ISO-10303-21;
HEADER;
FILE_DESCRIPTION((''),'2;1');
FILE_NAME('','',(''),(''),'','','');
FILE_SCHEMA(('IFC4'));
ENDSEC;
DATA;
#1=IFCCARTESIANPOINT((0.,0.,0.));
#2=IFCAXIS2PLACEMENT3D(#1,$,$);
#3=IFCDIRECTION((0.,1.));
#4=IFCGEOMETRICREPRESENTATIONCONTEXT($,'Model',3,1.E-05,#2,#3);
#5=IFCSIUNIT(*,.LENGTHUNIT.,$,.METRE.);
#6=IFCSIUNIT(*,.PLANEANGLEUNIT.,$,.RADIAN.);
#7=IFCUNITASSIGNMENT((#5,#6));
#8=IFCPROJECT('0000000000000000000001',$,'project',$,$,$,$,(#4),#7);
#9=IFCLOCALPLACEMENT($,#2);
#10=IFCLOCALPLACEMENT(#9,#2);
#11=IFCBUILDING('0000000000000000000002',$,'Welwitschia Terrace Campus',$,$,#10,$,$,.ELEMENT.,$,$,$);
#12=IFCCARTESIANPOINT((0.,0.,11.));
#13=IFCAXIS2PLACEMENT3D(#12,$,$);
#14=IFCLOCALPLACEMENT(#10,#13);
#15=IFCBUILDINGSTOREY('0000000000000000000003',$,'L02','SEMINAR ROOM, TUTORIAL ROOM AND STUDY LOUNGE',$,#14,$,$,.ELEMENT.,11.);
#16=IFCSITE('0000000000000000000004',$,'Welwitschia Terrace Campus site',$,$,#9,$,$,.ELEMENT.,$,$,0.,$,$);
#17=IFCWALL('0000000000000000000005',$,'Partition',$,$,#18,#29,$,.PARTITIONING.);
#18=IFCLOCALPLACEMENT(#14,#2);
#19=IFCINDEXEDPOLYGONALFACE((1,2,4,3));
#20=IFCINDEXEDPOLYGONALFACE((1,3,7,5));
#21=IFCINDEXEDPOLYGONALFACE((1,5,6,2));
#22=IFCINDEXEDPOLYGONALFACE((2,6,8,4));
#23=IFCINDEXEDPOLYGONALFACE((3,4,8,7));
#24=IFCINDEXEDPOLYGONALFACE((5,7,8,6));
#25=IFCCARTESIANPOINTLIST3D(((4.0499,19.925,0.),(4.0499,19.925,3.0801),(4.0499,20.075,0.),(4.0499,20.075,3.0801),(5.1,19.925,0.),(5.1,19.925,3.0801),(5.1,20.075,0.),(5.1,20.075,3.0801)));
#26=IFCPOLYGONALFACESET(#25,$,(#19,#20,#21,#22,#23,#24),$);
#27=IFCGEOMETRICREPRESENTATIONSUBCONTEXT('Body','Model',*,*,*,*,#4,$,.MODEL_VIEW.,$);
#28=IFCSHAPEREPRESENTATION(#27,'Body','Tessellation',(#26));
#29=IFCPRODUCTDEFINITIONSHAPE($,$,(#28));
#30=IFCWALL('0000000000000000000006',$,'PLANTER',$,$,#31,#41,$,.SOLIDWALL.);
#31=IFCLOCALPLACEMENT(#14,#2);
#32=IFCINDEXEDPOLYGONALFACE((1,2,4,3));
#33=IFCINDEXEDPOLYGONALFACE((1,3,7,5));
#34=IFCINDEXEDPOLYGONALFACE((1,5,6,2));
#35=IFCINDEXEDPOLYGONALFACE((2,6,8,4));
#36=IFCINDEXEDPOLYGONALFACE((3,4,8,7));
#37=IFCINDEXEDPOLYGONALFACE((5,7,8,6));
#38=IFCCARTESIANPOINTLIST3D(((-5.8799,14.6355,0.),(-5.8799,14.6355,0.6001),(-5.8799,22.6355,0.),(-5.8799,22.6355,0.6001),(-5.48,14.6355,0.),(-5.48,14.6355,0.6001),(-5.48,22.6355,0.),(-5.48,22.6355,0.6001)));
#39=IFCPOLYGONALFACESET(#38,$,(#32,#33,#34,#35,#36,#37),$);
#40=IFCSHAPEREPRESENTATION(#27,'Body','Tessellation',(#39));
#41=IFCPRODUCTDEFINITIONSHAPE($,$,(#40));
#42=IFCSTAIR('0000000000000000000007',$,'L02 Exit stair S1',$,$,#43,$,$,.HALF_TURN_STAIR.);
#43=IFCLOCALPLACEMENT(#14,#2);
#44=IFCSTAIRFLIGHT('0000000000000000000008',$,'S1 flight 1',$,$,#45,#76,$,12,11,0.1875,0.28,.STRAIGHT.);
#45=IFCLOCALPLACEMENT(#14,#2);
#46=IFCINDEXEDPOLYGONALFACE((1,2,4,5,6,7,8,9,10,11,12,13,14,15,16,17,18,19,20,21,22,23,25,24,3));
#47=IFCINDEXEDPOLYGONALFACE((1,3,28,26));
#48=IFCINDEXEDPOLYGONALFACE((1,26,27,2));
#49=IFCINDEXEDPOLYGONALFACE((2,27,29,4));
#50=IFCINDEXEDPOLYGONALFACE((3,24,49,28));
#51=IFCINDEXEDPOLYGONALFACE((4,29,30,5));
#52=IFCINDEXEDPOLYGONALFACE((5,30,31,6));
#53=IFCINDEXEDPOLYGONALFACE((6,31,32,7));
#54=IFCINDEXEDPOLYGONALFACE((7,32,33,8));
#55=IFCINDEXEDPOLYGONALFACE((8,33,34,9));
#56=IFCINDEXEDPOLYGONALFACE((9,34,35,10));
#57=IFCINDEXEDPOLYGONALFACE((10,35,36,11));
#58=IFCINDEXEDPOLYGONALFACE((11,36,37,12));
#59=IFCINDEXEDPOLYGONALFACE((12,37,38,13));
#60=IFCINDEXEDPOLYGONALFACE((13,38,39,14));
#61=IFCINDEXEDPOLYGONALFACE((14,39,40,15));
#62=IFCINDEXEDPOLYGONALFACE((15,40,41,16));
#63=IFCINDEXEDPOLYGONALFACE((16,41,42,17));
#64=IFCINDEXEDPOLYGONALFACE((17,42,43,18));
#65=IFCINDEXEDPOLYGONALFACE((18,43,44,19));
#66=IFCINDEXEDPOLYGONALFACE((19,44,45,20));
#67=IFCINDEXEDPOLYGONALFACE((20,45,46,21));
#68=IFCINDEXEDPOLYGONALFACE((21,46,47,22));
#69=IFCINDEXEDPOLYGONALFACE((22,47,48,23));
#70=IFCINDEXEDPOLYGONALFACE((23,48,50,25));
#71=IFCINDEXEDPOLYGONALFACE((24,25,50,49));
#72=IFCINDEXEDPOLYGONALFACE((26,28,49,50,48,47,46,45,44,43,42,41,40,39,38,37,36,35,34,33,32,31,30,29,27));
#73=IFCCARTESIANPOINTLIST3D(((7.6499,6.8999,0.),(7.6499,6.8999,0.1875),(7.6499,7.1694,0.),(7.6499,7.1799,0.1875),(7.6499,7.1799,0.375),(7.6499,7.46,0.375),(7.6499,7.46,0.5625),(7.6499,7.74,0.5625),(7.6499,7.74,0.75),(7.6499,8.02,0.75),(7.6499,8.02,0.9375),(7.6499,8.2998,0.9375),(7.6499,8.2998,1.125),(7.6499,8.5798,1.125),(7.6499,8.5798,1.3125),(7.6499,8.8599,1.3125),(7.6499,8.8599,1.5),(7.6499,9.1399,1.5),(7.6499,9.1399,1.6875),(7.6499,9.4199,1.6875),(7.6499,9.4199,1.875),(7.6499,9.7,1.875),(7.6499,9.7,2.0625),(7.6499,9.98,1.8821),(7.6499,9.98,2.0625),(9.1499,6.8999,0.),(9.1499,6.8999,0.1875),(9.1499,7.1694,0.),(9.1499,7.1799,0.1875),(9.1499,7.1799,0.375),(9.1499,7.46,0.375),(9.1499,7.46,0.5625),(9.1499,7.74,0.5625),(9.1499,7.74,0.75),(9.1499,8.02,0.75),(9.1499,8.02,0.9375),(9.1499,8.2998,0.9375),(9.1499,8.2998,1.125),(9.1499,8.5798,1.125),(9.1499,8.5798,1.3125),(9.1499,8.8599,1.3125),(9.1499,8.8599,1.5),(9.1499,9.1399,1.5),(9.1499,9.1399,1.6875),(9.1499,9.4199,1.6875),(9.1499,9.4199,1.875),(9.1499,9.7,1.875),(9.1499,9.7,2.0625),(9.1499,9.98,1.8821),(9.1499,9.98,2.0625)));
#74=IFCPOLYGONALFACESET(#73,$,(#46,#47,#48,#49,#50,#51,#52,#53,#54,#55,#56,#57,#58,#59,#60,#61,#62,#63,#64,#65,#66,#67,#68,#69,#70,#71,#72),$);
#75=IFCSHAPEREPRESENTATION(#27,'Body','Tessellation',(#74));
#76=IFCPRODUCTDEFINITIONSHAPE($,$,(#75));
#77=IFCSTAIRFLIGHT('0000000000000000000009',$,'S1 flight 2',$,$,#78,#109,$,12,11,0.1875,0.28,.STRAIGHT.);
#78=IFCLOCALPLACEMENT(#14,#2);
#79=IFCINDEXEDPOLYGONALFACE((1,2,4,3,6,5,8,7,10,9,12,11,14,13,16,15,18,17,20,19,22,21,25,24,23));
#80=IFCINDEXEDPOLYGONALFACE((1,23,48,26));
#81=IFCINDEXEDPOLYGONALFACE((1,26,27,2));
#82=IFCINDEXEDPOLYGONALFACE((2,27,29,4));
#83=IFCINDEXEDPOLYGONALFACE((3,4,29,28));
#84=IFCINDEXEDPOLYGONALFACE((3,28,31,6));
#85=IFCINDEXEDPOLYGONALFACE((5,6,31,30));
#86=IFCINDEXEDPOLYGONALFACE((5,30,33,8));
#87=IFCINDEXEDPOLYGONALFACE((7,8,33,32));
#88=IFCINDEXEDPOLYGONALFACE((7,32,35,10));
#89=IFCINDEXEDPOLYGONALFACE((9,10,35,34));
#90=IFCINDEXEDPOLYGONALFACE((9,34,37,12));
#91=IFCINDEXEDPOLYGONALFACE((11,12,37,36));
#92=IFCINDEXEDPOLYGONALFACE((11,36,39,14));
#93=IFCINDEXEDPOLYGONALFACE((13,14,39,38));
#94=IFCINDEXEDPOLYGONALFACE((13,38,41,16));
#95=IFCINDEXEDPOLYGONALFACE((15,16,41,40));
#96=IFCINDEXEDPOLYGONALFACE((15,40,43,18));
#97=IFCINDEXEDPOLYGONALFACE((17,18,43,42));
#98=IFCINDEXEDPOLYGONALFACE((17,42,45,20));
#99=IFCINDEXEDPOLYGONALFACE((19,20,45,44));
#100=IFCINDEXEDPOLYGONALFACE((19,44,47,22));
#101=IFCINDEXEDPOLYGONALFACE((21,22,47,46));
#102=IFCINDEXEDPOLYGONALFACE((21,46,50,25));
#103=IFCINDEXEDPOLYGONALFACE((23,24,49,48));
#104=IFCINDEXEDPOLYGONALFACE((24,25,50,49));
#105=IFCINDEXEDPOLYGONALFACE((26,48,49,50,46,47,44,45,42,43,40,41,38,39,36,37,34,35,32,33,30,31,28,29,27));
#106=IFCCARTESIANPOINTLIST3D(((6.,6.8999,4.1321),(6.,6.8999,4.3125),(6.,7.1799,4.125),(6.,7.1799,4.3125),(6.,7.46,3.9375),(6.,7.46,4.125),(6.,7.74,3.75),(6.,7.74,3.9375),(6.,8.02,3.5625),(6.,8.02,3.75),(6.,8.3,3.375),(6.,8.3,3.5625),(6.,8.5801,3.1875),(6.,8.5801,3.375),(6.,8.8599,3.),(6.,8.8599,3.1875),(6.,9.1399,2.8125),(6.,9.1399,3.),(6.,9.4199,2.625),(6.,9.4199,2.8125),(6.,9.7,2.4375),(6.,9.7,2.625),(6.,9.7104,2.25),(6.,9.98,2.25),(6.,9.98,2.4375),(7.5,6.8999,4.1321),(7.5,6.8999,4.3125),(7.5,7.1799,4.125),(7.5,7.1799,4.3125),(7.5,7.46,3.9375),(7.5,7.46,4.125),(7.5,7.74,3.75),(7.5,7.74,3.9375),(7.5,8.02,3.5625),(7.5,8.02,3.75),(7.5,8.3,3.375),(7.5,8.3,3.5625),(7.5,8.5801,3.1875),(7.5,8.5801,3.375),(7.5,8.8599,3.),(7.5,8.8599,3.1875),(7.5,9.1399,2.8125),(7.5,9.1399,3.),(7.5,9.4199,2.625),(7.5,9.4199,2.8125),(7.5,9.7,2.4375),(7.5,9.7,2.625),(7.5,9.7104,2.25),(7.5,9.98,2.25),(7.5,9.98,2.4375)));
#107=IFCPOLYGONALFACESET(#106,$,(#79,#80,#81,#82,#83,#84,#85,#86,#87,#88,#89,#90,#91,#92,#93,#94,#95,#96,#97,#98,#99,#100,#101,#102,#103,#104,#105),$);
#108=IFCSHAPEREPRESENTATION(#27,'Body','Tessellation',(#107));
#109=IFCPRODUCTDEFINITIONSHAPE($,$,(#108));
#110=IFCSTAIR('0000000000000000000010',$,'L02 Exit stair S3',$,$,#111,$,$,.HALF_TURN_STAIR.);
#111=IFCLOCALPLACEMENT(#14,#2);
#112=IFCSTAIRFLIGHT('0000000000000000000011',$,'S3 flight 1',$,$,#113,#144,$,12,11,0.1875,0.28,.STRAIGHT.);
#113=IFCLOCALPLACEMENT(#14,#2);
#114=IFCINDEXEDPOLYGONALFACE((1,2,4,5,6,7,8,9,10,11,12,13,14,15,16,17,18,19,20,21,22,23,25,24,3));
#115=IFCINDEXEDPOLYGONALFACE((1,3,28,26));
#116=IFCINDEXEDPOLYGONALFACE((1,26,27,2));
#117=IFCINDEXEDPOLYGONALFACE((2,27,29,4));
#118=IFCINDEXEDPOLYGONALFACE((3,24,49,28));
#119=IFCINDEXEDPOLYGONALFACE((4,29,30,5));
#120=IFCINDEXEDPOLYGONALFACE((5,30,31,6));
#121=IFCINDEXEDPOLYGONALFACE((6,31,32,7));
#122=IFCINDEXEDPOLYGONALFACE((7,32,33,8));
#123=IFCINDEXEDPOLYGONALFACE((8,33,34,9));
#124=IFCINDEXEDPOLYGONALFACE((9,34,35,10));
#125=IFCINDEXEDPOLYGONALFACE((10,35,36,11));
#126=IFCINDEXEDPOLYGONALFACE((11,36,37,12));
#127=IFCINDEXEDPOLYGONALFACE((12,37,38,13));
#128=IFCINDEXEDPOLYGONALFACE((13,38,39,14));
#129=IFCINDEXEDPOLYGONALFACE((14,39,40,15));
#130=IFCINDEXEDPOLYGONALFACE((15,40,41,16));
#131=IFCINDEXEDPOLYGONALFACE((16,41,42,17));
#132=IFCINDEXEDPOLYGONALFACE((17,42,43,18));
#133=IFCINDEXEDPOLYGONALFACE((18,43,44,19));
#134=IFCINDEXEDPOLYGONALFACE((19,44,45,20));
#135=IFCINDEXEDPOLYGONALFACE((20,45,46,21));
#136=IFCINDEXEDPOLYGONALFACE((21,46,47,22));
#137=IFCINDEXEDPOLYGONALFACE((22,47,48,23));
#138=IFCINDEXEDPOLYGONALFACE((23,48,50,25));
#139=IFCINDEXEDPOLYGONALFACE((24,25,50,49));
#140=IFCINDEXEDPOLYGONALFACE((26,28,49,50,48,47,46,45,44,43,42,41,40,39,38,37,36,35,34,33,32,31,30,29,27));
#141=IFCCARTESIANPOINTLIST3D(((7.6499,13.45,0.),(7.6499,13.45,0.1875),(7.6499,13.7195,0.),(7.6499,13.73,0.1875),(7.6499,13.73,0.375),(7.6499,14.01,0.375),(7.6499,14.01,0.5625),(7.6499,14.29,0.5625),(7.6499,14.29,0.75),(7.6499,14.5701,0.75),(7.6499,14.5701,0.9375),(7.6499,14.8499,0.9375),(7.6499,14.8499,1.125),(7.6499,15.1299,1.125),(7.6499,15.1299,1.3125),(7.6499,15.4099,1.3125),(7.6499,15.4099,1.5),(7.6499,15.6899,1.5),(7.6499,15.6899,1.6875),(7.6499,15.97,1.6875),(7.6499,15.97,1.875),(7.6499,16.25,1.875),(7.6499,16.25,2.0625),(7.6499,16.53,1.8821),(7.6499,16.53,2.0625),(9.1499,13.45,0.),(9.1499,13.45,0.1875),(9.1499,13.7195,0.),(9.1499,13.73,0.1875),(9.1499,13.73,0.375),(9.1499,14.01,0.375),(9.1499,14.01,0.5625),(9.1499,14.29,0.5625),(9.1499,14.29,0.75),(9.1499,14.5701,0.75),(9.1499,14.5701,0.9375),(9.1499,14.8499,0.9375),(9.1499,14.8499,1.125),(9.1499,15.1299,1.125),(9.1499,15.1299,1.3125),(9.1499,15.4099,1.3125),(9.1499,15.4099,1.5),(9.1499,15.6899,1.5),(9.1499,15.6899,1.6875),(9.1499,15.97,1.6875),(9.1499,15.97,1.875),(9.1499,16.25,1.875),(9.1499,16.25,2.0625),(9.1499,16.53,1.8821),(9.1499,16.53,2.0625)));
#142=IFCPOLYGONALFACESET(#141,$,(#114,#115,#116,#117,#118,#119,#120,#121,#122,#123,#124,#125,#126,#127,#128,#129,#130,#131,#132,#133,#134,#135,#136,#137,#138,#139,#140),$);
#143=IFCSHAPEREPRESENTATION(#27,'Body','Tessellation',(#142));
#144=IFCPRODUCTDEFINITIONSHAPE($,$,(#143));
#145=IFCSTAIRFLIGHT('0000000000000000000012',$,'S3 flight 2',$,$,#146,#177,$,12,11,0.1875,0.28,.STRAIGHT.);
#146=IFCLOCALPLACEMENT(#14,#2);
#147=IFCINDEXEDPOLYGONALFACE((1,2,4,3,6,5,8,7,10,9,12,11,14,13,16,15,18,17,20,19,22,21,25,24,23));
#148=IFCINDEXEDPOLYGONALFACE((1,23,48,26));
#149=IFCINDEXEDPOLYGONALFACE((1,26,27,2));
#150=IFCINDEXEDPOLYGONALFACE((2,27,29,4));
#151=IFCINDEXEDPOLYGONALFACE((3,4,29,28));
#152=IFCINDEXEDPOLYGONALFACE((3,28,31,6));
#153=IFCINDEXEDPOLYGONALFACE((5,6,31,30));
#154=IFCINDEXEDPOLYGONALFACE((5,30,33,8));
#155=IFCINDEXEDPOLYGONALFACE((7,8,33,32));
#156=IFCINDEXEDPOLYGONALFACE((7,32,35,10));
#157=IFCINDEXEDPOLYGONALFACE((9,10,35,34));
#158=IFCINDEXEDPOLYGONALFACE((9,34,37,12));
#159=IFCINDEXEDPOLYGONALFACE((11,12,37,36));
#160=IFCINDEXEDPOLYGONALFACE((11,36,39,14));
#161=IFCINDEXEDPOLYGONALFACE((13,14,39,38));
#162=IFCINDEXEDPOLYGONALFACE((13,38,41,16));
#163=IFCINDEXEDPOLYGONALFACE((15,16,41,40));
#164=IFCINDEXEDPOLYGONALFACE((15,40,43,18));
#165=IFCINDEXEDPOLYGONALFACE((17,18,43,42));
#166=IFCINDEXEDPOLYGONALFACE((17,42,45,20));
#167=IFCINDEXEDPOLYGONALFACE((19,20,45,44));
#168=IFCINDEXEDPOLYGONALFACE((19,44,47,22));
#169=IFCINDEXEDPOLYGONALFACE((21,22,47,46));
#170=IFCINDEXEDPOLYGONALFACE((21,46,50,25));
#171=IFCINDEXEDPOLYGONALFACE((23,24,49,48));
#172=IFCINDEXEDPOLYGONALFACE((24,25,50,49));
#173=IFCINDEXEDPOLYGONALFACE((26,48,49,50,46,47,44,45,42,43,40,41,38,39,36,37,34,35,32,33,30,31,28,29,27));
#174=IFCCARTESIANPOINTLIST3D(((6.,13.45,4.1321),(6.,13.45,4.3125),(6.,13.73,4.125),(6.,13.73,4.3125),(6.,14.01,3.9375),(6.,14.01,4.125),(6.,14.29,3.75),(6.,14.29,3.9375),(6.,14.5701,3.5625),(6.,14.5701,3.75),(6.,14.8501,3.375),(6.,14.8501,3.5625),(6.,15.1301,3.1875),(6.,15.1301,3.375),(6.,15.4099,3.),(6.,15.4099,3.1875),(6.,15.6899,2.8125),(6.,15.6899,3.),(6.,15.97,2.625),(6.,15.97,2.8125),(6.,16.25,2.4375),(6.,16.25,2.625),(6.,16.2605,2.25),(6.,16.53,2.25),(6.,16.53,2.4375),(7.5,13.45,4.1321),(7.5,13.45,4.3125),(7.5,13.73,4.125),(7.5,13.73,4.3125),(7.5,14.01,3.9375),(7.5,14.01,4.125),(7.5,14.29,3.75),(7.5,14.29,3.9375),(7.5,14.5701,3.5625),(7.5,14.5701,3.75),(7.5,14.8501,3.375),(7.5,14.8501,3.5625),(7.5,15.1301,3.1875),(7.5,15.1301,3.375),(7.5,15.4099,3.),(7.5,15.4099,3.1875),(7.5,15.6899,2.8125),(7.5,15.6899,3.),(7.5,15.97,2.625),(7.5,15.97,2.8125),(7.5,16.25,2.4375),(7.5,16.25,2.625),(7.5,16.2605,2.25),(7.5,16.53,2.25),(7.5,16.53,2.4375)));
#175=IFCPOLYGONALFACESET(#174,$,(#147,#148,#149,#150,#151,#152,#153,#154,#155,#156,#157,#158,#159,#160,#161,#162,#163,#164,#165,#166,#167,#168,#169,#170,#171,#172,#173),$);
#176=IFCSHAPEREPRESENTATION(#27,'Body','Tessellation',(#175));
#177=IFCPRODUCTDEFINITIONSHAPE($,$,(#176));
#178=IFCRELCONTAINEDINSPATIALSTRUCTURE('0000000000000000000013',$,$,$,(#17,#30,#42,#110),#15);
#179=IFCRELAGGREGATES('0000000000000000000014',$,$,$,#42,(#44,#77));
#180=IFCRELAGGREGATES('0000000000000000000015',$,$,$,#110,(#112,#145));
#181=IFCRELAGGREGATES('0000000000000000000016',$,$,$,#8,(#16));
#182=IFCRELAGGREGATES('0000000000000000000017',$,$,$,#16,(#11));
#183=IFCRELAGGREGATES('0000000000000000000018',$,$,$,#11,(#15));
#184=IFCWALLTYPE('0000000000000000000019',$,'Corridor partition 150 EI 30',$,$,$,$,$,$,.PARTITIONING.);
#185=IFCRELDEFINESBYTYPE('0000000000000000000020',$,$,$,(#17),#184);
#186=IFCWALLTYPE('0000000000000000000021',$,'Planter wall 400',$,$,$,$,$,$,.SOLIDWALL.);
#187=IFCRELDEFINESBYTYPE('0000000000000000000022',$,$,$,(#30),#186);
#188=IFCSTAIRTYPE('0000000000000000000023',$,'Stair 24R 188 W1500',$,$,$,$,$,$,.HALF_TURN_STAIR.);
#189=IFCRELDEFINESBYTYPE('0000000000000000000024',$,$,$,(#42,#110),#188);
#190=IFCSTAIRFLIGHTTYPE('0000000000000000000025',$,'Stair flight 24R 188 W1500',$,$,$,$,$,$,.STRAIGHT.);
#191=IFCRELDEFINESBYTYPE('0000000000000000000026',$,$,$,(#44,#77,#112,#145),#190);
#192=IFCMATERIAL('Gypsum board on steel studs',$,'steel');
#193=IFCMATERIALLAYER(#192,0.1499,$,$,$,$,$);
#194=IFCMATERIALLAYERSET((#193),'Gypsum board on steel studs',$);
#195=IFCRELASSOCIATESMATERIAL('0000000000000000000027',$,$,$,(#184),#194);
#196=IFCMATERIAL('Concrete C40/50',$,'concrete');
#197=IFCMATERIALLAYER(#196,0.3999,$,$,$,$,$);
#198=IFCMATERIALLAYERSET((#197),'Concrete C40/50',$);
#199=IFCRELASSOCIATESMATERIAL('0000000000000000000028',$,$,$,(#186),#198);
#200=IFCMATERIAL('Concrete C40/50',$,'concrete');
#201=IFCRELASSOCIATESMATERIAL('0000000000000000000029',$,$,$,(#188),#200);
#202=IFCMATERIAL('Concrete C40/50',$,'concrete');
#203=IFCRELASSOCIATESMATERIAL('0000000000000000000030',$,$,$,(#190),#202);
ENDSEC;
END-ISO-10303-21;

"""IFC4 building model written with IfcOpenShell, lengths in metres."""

from ifc_helpers import new_model, si_unit, direction, frame, frame_2d, origin, place, context, subcontext, project, spatial, polyline, rectangle, outline, extrude, material, layer, layer_set, type_object, element, aggregate, save


model = new_model("IFC4")

# Units and contexts
model_context = context("Model", 3, precision=1e-05, world=origin(), true_north=direction((0.0, 1.0)))
body_context = subcontext(model_context, "Body", "Model", "MODEL_VIEW")
ifc_project = project(units=[si_unit("LENGTHUNIT", "METRE"), si_unit("PLANEANGLEUNIT", "RADIAN")], contexts=[model_context])

# Site, building, storey
site_placement = place(None, origin())
site = spatial("IfcSite", under=ifc_project, at=site_placement, Name="Welwitschia Terrace Campus site", CompositionType="ELEMENT", RefElevation=0.0)
building_placement = place(site_placement, origin())
building = spatial("IfcBuilding", under=site, at=building_placement, Name="Welwitschia Terrace Campus", CompositionType="ELEMENT")
storey_placement = place(building_placement, frame((0.0, 0.0, 11.0)))
storey = spatial("IfcBuildingStorey", under=building, at=storey_placement, Name="L02", Description="SEMINAR ROOM, TUTORIAL ROOM AND STUDY LOUNGE", CompositionType="ELEMENT", Elevation=11.0)

# Walls
ifc_material_1 = material(Name="Gypsum board on steel studs", Category="steel")
ifc_layer_1 = layer(ifc_material_1, 0.1499)
ifc_layer_set_1 = layer_set([ifc_layer_1], Name="Gypsum board on steel studs")
wall_type_1 = type_object("IfcWallType", Name="Corridor partition 150 EI 30", PredefinedType="PARTITIONING", material=ifc_layer_set_1)
wall_1_placement = place(storey_placement, frame((4.05, 20.0, 0.0), z_axis=(0.0, 0.0, 1.0), x_axis=(1.0, 0.0, 0.0)))
element("IfcWall", 1, at=wall_1_placement, inside=storey, type_object=wall_type_1, Name="Partition", PredefinedType="PARTITIONING", context=body_context, shape_type="SweptSolid", body=[
    extrude(rectangle(XDim=1.05, YDim=0.1499, at=frame_2d((0.5249, 0.0))), origin(), (0.0, 0.0, 1.0), 3.0801),
])
ifc_material_2 = material(Name="Concrete C40/50", Category="concrete")
ifc_layer_2 = layer(ifc_material_2, 0.3999)
ifc_layer_set_2 = layer_set([ifc_layer_2], Name="Concrete C40/50")
wall_type_2 = type_object("IfcWallType", Name="Planter wall 400", PredefinedType="SOLIDWALL", material=ifc_layer_set_2)
wall_2_placement = place(storey_placement, frame((-5.6799, 14.6355, 0.0), z_axis=(0.0, 0.0, 1.0), x_axis=(0.0, 1.0, 0.0)))
element("IfcWall", 2, at=wall_2_placement, inside=storey, type_object=wall_type_2, Name="PLANTER", PredefinedType="SOLIDWALL", context=body_context, shape_type="SweptSolid", body=[
    extrude(rectangle(XDim=8.0, YDim=0.3999, at=frame_2d((4.0, 0.0))), origin(), (0.0, 0.0, 1.0), 0.6001),
])

# Stairs, stair flights
ifc_material_3 = material(Name="Concrete C40/50", Category="concrete")
stair_type = type_object("IfcStairType", Name="Stair 24R 188 W1500", PredefinedType="HALF_TURN_STAIR", material=ifc_material_3)
stair_1_placement = place(storey_placement, origin())
stair_1 = element("IfcStair", 3, at=stair_1_placement, inside=storey, type_object=stair_type, Name="L02 Exit stair S1", PredefinedType="HALF_TURN_STAIR")
ifc_material_4 = material(Name="Concrete C40/50", Category="concrete")
stair_flight_type = type_object("IfcStairFlightType", Name="Stair flight 24R 188 W1500", PredefinedType="STRAIGHT", material=ifc_material_4)
stair_flight_1_placement = place(storey_placement, frame((8.3999, 6.8999, 0.0), z_axis=(0.0, 0.0, 1.0), x_axis=(0.0, 1.0, 0.0)))
stair_flight_1 = element("IfcStairFlight", 4, at=stair_flight_1_placement, type_object=stair_flight_type, Name="S1 flight 1", NumberOfRisers=12, NumberOfTreads=11, PredefinedType="STRAIGHT", RiserHeight=0.1875, TreadLength=0.28, context=body_context, shape_type="SweptSolid", body=[
    extrude(outline(polyline([(0.0, 0.0), (0.0, 0.1875), (0.28, 0.1875), (0.28, 0.375), (0.5601, 0.375), (0.5601, 0.5625), (0.8401, 0.5625), (0.8401, 0.75), (1.1201, 0.75), (1.1201, 0.9375), (1.3999, 0.9375), (1.3999, 1.125), (1.6799, 1.125), (1.6799, 1.3125), (1.96, 1.3125), (1.96, 1.5), (2.24, 1.5), (2.24, 1.6875), (2.52, 1.6875), (2.52, 1.875), (2.8, 1.875), (2.8, 2.0625), (3.0801, 2.0625), (3.0801, 2.25), (3.0801, 1.8821), (0.2695, 0.0), (0.0, 0.0)])), frame((0.0, 0.75, 0.0), z_axis=(0.0, -1.0, 0.0), x_axis=(1.0, 0.0, 0.0)), (0.0, 0.0, 1.0), 1.5),
])
stair_flight_2_placement = place(storey_placement, frame((6.75, 9.98, 2.25), z_axis=(0.0, 0.0, 1.0), x_axis=(0.0, -1.0, 0.0)))
stair_flight_2 = element("IfcStairFlight", 5, at=stair_flight_2_placement, type_object=stair_flight_type, Name="S1 flight 2", NumberOfRisers=12, NumberOfTreads=11, PredefinedType="STRAIGHT", RiserHeight=0.1875, TreadLength=0.28, context=body_context, shape_type="SweptSolid", body=[
    extrude(outline(polyline([(0.0, 0.0), (0.0, 0.1875), (0.28, 0.1875), (0.28, 0.375), (0.5601, 0.375), (0.5601, 0.5625), (0.8401, 0.5625), (0.8401, 0.75), (1.1201, 0.75), (1.1201, 0.9375), (1.3999, 0.9375), (1.3999, 1.125), (1.6799, 1.125), (1.6799, 1.3125), (1.96, 1.3125), (1.96, 1.5), (2.24, 1.5), (2.24, 1.6875), (2.52, 1.6875), (2.52, 1.875), (2.8, 1.875), (2.8, 2.0625), (3.0801, 2.0625), (3.0801, 2.25), (3.0801, 1.8821), (0.2695, 0.0), (0.0, 0.0)])), frame((0.0, 0.75, 0.0), z_axis=(0.0, -1.0, 0.0), x_axis=(1.0, 0.0, 0.0)), (0.0, 0.0, 1.0), 1.5),
])
aggregate(stair_1, [stair_flight_1, stair_flight_2])
stair_2_placement = place(storey_placement, origin())
stair_2 = element("IfcStair", 6, at=stair_2_placement, inside=storey, type_object=stair_type, Name="L02 Exit stair S3", PredefinedType="HALF_TURN_STAIR")
stair_flight_3_placement = place(storey_placement, frame((8.3999, 13.45, 0.0), z_axis=(0.0, 0.0, 1.0), x_axis=(0.0, 1.0, 0.0)))
stair_flight_3 = element("IfcStairFlight", 7, at=stair_flight_3_placement, type_object=stair_flight_type, Name="S3 flight 1", NumberOfRisers=12, NumberOfTreads=11, PredefinedType="STRAIGHT", RiserHeight=0.1875, TreadLength=0.28, context=body_context, shape_type="SweptSolid", body=[
    extrude(outline(polyline([(0.0, 0.0), (0.0, 0.1875), (0.28, 0.1875), (0.28, 0.375), (0.5601, 0.375), (0.5601, 0.5625), (0.8401, 0.5625), (0.8401, 0.75), (1.1201, 0.75), (1.1201, 0.9375), (1.3999, 0.9375), (1.3999, 1.125), (1.6799, 1.125), (1.6799, 1.3125), (1.96, 1.3125), (1.96, 1.5), (2.24, 1.5), (2.24, 1.6875), (2.52, 1.6875), (2.52, 1.875), (2.8, 1.875), (2.8, 2.0625), (3.0801, 2.0625), (3.0801, 2.25), (3.0801, 1.8821), (0.2695, 0.0), (0.0, 0.0)])), frame((0.0, 0.75, 0.0), z_axis=(0.0, -1.0, 0.0), x_axis=(1.0, 0.0, 0.0)), (0.0, 0.0, 1.0), 1.5),
])
stair_flight_4_placement = place(storey_placement, frame((6.75, 16.53, 2.25), z_axis=(0.0, 0.0, 1.0), x_axis=(0.0, -1.0, 0.0)))
stair_flight_4 = element("IfcStairFlight", 8, at=stair_flight_4_placement, type_object=stair_flight_type, Name="S3 flight 2", NumberOfRisers=12, NumberOfTreads=11, PredefinedType="STRAIGHT", RiserHeight=0.1875, TreadLength=0.28, context=body_context, shape_type="SweptSolid", body=[
    extrude(outline(polyline([(0.0, 0.0), (0.0, 0.1875), (0.28, 0.1875), (0.28, 0.375), (0.5601, 0.375), (0.5601, 0.5625), (0.8401, 0.5625), (0.8401, 0.75), (1.1201, 0.75), (1.1201, 0.9375), (1.3999, 0.9375), (1.3999, 1.125), (1.6799, 1.125), (1.6799, 1.3125), (1.96, 1.3125), (1.96, 1.5), (2.24, 1.5), (2.24, 1.6875), (2.52, 1.6875), (2.52, 1.875), (2.8, 1.875), (2.8, 2.0625), (3.0801, 2.0625), (3.0801, 2.25), (3.0801, 1.8821), (0.2695, 0.0), (0.0, 0.0)])), frame((0.0, 0.75, 0.0), z_axis=(0.0, -1.0, 0.0), x_axis=(1.0, 0.0, 0.0)), (0.0, 0.0, 1.0), 1.5),
])
aggregate(stair_2, [stair_flight_3, stair_flight_4])

save(model, "model.ifc")
